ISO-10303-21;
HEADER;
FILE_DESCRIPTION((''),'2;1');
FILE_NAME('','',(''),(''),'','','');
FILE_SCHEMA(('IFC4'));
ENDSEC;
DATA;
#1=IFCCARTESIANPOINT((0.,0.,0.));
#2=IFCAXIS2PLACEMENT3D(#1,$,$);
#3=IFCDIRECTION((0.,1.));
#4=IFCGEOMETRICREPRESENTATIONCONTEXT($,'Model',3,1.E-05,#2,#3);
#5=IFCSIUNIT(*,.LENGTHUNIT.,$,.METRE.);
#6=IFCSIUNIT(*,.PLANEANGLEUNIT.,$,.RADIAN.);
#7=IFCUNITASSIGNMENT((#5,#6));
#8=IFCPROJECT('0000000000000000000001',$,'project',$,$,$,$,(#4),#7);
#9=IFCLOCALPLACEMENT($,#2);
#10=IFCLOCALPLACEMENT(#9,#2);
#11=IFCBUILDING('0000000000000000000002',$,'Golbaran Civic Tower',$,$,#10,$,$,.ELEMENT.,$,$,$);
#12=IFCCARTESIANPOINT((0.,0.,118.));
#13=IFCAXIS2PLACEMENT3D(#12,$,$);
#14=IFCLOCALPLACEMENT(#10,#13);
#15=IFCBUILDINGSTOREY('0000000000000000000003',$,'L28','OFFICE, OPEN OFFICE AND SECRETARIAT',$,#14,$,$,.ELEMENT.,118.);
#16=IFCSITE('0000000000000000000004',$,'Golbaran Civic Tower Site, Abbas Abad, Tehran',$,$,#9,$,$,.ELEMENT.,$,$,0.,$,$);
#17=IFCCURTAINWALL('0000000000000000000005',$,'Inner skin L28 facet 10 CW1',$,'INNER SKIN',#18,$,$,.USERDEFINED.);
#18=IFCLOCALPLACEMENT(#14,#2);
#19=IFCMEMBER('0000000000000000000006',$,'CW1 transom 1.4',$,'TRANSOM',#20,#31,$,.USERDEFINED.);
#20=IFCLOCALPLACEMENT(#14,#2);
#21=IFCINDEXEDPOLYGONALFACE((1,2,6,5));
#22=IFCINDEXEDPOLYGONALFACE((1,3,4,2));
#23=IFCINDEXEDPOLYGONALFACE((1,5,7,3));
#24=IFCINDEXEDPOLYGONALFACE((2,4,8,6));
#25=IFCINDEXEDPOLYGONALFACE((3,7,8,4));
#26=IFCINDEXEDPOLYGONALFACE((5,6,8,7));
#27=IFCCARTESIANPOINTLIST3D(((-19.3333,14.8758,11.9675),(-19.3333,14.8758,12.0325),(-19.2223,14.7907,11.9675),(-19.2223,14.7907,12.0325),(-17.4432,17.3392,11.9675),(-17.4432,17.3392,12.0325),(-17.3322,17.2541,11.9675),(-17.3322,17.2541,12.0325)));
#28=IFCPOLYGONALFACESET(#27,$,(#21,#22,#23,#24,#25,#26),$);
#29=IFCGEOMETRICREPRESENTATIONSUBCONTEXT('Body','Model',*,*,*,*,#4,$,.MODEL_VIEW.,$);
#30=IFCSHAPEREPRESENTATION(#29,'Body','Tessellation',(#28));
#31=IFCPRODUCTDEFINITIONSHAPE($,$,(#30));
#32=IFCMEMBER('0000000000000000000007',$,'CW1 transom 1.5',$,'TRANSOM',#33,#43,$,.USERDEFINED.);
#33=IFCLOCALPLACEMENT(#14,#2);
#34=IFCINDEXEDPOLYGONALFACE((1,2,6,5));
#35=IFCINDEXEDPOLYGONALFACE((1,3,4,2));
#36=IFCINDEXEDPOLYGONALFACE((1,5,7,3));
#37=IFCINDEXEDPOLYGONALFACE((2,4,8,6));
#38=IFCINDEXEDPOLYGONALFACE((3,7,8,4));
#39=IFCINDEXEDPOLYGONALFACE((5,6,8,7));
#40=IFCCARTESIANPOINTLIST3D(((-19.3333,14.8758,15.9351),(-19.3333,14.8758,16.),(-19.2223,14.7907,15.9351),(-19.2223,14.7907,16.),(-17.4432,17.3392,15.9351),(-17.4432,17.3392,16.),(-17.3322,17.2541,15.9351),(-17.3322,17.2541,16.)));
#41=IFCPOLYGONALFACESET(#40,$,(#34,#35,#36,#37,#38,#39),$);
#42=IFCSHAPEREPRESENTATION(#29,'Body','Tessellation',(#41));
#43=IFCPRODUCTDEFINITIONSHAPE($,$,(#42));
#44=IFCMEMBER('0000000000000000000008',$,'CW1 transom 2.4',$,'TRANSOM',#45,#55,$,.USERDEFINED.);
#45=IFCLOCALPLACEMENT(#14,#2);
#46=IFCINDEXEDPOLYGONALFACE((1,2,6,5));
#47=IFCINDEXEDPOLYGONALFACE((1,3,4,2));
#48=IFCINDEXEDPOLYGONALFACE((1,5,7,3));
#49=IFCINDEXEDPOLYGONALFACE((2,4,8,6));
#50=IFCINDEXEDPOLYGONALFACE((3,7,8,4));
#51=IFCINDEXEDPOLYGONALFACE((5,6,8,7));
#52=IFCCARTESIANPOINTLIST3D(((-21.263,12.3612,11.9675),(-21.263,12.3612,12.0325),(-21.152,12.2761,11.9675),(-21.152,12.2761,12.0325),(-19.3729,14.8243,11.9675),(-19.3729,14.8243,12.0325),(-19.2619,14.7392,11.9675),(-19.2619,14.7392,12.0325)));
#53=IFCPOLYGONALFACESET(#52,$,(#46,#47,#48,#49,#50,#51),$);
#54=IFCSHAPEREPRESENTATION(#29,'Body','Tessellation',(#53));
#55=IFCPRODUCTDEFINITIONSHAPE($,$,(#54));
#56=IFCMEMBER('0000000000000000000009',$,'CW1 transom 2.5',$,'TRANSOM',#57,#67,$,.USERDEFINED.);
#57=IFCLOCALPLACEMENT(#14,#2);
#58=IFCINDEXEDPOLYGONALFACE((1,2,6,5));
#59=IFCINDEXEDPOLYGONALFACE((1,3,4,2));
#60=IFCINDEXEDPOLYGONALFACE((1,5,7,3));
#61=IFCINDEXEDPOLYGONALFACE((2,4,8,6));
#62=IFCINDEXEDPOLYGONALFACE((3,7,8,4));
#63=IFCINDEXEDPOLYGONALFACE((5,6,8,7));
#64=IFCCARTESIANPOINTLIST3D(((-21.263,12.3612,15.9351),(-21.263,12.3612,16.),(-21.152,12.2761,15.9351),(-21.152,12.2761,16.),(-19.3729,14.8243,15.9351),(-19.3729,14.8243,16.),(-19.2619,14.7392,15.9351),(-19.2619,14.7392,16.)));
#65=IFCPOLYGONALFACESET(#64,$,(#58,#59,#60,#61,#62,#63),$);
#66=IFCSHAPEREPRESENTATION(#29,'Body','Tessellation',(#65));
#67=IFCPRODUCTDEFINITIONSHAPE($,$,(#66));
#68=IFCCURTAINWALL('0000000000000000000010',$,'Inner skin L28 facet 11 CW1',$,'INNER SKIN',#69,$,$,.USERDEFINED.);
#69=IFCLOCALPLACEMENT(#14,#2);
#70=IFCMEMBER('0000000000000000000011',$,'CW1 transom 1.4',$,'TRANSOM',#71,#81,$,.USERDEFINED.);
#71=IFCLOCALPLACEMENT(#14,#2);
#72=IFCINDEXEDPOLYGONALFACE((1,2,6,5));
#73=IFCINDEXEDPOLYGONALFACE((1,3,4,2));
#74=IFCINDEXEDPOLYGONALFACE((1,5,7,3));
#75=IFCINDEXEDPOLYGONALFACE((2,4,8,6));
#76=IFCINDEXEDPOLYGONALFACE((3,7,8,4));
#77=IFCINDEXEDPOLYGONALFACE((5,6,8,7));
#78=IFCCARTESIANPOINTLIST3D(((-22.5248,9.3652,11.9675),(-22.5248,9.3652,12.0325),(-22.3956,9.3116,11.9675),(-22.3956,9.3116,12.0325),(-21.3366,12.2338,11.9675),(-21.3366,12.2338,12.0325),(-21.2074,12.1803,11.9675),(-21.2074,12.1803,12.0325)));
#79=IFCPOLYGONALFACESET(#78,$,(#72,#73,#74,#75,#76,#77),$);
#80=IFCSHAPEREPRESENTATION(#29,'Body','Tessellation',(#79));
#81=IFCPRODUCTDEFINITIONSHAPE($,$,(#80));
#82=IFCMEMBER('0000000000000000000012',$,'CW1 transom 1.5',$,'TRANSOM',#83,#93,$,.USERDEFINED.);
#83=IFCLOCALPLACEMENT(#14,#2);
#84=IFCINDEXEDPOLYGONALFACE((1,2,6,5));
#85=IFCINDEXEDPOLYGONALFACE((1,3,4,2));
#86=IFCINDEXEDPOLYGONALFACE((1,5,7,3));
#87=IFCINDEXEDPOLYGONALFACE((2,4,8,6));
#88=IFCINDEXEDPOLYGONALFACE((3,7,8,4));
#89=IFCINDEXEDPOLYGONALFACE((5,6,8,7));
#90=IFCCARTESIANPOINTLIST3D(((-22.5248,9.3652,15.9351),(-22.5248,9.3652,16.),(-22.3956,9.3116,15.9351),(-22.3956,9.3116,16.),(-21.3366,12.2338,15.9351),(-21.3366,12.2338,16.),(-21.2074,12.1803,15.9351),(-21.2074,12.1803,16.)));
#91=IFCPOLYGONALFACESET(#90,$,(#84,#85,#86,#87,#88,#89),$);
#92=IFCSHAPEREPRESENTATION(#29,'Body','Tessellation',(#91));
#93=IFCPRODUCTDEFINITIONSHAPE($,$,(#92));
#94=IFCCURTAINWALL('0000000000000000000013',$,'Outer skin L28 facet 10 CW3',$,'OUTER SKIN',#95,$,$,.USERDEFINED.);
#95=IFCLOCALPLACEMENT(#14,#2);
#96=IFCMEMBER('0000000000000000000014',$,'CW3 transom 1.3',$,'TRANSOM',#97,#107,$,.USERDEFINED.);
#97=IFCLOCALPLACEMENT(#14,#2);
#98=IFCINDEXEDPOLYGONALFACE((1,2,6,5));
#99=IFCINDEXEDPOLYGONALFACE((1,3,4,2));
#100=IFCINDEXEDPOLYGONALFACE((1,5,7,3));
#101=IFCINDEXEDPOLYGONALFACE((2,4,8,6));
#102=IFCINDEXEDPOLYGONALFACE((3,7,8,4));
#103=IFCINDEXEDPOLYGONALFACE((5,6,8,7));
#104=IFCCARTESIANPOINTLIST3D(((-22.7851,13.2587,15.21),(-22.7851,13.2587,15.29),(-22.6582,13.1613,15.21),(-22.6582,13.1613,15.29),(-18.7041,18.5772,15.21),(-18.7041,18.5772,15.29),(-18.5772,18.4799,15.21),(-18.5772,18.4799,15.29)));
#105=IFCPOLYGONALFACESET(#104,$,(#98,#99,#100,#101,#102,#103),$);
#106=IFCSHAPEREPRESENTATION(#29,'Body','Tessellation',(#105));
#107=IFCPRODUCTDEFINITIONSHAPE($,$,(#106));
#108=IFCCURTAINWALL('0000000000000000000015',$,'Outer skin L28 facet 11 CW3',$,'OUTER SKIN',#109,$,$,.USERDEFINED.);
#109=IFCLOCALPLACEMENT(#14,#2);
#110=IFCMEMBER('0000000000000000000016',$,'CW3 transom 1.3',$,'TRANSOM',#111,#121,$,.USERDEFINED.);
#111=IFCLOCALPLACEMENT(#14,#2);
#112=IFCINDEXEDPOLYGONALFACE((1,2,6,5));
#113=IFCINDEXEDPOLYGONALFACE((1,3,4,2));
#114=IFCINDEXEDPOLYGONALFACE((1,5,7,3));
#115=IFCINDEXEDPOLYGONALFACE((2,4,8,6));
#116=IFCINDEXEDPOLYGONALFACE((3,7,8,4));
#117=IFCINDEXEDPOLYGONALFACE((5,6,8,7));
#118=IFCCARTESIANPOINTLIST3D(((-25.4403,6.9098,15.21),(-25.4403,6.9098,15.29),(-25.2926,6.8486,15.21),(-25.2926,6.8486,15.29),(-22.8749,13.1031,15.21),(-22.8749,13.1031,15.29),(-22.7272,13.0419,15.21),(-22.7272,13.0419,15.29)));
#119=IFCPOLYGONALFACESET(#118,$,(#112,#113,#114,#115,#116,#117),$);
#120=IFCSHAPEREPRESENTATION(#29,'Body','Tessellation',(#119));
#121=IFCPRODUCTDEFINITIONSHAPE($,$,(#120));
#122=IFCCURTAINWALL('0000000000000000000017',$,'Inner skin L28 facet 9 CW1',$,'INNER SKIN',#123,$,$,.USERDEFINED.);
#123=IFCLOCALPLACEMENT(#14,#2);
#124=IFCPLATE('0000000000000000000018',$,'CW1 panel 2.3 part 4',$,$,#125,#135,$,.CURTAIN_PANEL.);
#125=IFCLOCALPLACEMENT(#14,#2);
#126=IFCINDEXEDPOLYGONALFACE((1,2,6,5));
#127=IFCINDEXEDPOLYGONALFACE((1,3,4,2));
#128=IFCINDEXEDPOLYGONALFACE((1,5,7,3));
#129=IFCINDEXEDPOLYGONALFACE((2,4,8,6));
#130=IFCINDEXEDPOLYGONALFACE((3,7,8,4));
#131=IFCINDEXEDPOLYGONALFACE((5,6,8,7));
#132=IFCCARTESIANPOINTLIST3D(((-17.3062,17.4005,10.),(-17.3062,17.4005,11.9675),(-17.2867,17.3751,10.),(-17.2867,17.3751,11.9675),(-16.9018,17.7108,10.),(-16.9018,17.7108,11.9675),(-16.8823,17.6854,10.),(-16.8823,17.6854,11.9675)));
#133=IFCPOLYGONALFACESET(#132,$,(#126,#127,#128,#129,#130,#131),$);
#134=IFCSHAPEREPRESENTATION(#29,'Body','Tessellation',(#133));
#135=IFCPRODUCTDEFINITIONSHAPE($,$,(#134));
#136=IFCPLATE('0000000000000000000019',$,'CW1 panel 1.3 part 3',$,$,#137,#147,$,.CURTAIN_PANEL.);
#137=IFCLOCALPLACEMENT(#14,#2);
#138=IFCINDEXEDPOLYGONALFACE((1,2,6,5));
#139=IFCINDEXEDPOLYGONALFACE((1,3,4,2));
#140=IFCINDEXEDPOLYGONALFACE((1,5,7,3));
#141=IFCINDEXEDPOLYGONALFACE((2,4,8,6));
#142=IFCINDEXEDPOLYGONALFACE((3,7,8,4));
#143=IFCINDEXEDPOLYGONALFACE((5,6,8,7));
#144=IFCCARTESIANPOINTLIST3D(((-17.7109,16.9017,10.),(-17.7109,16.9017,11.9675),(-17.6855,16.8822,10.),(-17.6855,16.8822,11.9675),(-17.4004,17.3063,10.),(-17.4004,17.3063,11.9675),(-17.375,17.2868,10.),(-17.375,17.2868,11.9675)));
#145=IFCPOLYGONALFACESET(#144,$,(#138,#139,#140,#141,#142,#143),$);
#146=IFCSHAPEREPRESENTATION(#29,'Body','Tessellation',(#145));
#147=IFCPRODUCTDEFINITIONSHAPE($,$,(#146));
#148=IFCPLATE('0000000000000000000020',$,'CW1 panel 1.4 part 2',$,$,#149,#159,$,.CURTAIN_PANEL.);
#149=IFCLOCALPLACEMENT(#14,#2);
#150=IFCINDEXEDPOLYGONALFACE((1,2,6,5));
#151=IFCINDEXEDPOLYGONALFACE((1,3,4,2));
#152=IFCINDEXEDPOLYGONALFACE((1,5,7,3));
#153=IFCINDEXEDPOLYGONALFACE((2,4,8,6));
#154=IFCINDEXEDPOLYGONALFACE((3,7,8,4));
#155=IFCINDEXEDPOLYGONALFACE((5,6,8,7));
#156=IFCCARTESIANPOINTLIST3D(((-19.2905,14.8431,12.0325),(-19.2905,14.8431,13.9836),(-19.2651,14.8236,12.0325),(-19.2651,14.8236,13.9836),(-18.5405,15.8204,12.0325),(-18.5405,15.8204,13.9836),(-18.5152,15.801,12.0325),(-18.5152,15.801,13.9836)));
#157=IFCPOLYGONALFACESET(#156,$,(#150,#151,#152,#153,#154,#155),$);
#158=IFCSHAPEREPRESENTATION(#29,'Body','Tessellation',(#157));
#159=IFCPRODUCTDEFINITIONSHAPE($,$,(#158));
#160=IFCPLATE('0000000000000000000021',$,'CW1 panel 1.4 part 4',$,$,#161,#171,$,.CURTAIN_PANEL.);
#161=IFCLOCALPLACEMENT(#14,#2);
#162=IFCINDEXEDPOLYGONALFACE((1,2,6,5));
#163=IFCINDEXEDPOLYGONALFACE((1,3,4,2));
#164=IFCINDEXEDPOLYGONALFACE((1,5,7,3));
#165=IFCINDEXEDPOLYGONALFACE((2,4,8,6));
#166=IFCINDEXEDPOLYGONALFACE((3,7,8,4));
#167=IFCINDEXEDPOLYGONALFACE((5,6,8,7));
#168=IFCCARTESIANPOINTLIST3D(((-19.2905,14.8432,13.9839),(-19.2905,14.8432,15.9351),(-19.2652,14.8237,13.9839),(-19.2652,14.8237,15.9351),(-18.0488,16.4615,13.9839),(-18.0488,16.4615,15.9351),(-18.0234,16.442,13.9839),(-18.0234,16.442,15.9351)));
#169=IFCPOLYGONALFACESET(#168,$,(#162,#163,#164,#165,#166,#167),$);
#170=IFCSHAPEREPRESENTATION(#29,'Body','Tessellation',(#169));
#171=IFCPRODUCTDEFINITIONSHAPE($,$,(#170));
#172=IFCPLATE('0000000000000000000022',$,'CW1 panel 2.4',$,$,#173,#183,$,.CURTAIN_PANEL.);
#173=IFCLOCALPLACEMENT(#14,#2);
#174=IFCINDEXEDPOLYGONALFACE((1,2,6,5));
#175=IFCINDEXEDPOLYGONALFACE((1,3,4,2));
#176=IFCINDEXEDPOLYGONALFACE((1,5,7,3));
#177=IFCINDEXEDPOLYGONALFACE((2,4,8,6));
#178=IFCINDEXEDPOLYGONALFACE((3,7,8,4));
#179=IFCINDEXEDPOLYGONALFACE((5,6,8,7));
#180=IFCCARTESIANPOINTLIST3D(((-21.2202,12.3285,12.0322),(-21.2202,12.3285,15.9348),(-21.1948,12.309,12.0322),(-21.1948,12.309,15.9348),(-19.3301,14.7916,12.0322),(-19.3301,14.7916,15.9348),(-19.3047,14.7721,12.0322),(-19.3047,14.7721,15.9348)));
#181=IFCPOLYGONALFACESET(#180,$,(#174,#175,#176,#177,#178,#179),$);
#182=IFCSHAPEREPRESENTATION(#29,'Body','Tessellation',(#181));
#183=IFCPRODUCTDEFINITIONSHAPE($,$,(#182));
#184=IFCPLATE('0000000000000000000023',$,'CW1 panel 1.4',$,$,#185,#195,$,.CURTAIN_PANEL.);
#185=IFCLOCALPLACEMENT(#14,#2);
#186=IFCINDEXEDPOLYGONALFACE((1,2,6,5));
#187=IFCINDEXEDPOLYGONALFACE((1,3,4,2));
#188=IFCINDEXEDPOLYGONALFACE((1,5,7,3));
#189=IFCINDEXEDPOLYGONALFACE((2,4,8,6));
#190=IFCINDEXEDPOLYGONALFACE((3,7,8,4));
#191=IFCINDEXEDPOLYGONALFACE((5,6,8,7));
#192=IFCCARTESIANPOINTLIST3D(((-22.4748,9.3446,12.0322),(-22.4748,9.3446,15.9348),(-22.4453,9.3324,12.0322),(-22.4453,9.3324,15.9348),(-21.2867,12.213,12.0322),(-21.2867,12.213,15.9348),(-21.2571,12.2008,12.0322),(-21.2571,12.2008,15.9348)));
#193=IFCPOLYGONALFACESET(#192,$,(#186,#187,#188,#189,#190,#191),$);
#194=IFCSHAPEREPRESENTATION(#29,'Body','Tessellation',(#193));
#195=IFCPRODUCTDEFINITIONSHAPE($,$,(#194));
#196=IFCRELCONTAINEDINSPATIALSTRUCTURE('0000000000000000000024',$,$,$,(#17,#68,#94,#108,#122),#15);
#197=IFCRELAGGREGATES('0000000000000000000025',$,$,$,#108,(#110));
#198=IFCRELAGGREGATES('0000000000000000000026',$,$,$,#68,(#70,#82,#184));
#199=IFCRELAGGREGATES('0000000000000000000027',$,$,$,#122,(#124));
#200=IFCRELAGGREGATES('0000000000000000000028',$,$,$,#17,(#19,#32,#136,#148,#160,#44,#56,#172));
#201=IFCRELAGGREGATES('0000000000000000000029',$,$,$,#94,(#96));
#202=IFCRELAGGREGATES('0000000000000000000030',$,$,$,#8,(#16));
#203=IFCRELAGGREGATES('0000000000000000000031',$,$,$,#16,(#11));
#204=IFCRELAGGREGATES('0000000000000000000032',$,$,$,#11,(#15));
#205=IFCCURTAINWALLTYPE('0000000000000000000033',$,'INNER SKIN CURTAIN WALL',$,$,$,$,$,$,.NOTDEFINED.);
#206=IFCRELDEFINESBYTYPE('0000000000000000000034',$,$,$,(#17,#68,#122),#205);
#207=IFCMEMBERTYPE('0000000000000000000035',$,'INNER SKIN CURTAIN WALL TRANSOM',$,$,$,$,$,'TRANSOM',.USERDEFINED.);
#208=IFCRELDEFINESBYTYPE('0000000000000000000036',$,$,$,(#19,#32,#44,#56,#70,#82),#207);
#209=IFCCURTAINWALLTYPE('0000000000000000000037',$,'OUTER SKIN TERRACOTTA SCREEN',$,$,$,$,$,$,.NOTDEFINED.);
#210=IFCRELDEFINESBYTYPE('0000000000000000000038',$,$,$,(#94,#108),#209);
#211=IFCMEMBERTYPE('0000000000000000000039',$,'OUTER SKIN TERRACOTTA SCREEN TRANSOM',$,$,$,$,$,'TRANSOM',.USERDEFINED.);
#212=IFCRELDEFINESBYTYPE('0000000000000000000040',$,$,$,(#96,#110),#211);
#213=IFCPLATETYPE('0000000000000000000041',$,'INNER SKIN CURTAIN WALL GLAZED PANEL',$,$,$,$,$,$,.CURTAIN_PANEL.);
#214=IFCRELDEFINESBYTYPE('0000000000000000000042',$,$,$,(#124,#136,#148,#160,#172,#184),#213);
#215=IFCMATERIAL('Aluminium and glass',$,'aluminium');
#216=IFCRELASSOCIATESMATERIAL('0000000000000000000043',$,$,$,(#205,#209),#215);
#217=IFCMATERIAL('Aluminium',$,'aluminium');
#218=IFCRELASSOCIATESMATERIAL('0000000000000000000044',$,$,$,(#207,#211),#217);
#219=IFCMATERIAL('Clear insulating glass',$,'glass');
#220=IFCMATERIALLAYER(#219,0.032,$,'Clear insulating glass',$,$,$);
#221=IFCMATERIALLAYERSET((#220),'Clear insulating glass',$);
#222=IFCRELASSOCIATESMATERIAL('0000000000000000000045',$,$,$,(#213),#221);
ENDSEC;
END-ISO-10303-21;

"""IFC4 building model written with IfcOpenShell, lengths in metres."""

from ifc_helpers import new_model, si_unit, direction, frame, origin, origin_2d, place, context, subcontext, project, spatial, rectangle, extrude, material, layer, layer_set, material_profile, profile_set, type_object, element, aggregate, save


model = new_model("IFC4")

# Units and contexts
model_context = context("Model", 3, precision=1e-05, world=origin(), true_north=direction((0.0, 1.0)))
body_context = subcontext(model_context, "Body", "Model", "MODEL_VIEW")
ifc_project = project(units=[si_unit("LENGTHUNIT", "METRE"), si_unit("PLANEANGLEUNIT", "RADIAN")], contexts=[model_context])

# Site, building, storey
site_placement = place(None, origin())
site = spatial("IfcSite", under=ifc_project, at=site_placement, Name="Golbaran Civic Tower Site, Abbas Abad, Tehran", CompositionType="ELEMENT", RefElevation=0.0)
building_placement = place(site_placement, origin())
building = spatial("IfcBuilding", under=site, at=building_placement, Name="Golbaran Civic Tower", CompositionType="ELEMENT")
storey_placement = place(building_placement, frame((0.0, 0.0, 118.0)))
storey = spatial("IfcBuildingStorey", under=building, at=storey_placement, Name="L28", Description="OFFICE, OPEN OFFICE AND SECRETARIAT", CompositionType="ELEMENT", Elevation=118.0)

# Curtain walls, members
ifc_material_1 = material(Name="Aluminium and glass", Category="aluminium")
curtain_wall_type_1 = type_object("IfcCurtainWallType", Name="INNER SKIN CURTAIN WALL", PredefinedType="NOTDEFINED", material=ifc_material_1)
curtain_wall_1_placement = place(storey_placement, origin())
curtain_wall_1 = element("IfcCurtainWall", 1, at=curtain_wall_1_placement, inside=storey, type_object=curtain_wall_type_1, Name="Inner skin L28 facet 10 CW1", ObjectType="INNER SKIN", PredefinedType="USERDEFINED")
ifc_material_2 = material(Name="Aluminium", Category="aluminium")
ifc_material_profile_1 = material_profile(ifc_material_2, rectangle(XDim=0.1399, YDim=0.0649, at=origin_2d()), Name="INNER SKIN CURTAIN WALL TRANSOM")
ifc_profile_set_1 = profile_set([ifc_material_profile_1], Name="Aluminium")
member_type_1 = type_object("IfcMemberType", Name="INNER SKIN CURTAIN WALL TRANSOM", ElementType="TRANSOM", PredefinedType="USERDEFINED", material=ifc_profile_set_1)
member_1_placement = place(storey_placement, frame((-17.3877, 17.2966, 12.0), z_axis=(-0.608745, -0.793366, 0.0), x_axis=(0.793366, -0.608745, 0.0)))
member_1 = element("IfcMember", 2, at=member_1_placement, type_object=member_type_1, Name="CW1 transom 1.4", ObjectType="TRANSOM", PredefinedType="USERDEFINED", context=body_context, shape_type="SweptSolid", body=[
    extrude(rectangle(XDim=0.1399, YDim=0.0649, at=origin_2d()), origin(), (0.0, 0.0, 1.0), 3.105),
])
member_2_placement = place(storey_placement, frame((-17.3877, 17.2966, 15.9675), z_axis=(-0.608745, -0.793366, 0.0), x_axis=(0.793366, -0.608745, 0.0)))
member_2 = element("IfcMember", 3, at=member_2_placement, type_object=member_type_1, Name="CW1 transom 1.5", ObjectType="TRANSOM", PredefinedType="USERDEFINED", context=body_context, shape_type="SweptSolid", body=[
    extrude(rectangle(XDim=0.1399, YDim=0.0649, at=origin_2d()), origin(), (0.0, 0.0, 1.0), 3.105),
])
member_3_placement = place(storey_placement, frame((-19.3174, 14.7817, 12.0), z_axis=(-0.608783, -0.793337, 0.0), x_axis=(0.793337, -0.608783, 0.0)))
member_3 = element("IfcMember", 4, at=member_3_placement, type_object=member_type_1, Name="CW1 transom 2.4", ObjectType="TRANSOM", PredefinedType="USERDEFINED", context=body_context, shape_type="SweptSolid", body=[
    extrude(rectangle(XDim=0.1399, YDim=0.0649, at=origin_2d()), origin(), (0.0, 0.0, 1.0), 3.1047),
])
member_4_placement = place(storey_placement, frame((-19.3174, 14.7817, 15.9675), z_axis=(-0.608783, -0.793337, 0.0), x_axis=(0.793337, -0.608783, 0.0)))
member_4 = element("IfcMember", 5, at=member_4_placement, type_object=member_type_1, Name="CW1 transom 2.5", ObjectType="TRANSOM", PredefinedType="USERDEFINED", context=body_context, shape_type="SweptSolid", body=[
    extrude(rectangle(XDim=0.1399, YDim=0.0649, at=origin_2d()), origin(), (0.0, 0.0, 1.0), 3.1047),
])
curtain_wall_2_placement = place(storey_placement, origin())
curtain_wall_2 = element("IfcCurtainWall", 6, at=curtain_wall_2_placement, inside=storey, type_object=curtain_wall_type_1, Name="Inner skin L28 facet 11 CW1", ObjectType="INNER SKIN", PredefinedType="USERDEFINED")
member_5_placement = place(storey_placement, frame((-21.272, 12.207, 12.0), z_axis=(-0.382683, -0.92388, 0.0), x_axis=(0.92388, -0.382683, 0.0)))
member_5 = element("IfcMember", 7, at=member_5_placement, type_object=member_type_1, Name="CW1 transom 1.4", ObjectType="TRANSOM", PredefinedType="USERDEFINED", context=body_context, shape_type="SweptSolid", body=[
    extrude(rectangle(XDim=0.1399, YDim=0.0649, at=origin_2d()), origin(), (0.0, 0.0, 1.0), 3.105),
])
member_6_placement = place(storey_placement, frame((-21.272, 12.207, 15.9675), z_axis=(-0.382683, -0.92388, 0.0), x_axis=(0.92388, -0.382683, 0.0)))
member_6 = element("IfcMember", 8, at=member_6_placement, type_object=member_type_1, Name="CW1 transom 1.5", ObjectType="TRANSOM", PredefinedType="USERDEFINED", context=body_context, shape_type="SweptSolid", body=[
    extrude(rectangle(XDim=0.1399, YDim=0.0649, at=origin_2d()), origin(), (0.0, 0.0, 1.0), 3.105),
])

# Curtain walls, members
curtain_wall_type_2 = type_object("IfcCurtainWallType", Name="OUTER SKIN TERRACOTTA SCREEN", PredefinedType="NOTDEFINED", material=ifc_material_1)
curtain_wall_3_placement = place(storey_placement, origin())
curtain_wall_3 = element("IfcCurtainWall", 9, at=curtain_wall_3_placement, inside=storey, type_object=curtain_wall_type_2, Name="Outer skin L28 facet 10 CW3", ObjectType="OUTER SKIN", PredefinedType="USERDEFINED")
ifc_material_profile_2 = material_profile(ifc_material_2, rectangle(XDim=0.1599, YDim=0.0801, at=origin_2d()), Name="OUTER SKIN TERRACOTTA SCREEN TRANSOM")
ifc_profile_set_2 = profile_set([ifc_material_profile_2], Name="Aluminium")
member_type_2 = type_object("IfcMemberType", Name="OUTER SKIN TERRACOTTA SCREEN TRANSOM", ElementType="TRANSOM", PredefinedType="USERDEFINED", material=ifc_profile_set_2)
member_7_placement = place(storey_placement, frame((-18.6406, 18.5286, 15.25), z_axis=(-0.608756, -0.793357, 0.0), x_axis=(0.793357, -0.608756, 0.0)))
member_7 = element("IfcMember", 10, at=member_7_placement, type_object=member_type_2, Name="CW3 transom 1.3", ObjectType="TRANSOM", PredefinedType="USERDEFINED", context=body_context, shape_type="SweptSolid", body=[
    extrude(rectangle(XDim=0.1599, YDim=0.0801, at=origin_2d()), origin(), (0.0, 0.0, 1.0), 6.7039),
])
curtain_wall_4_placement = place(storey_placement, origin())
curtain_wall_4 = element("IfcCurtainWall", 11, at=curtain_wall_4_placement, inside=storey, type_object=curtain_wall_type_2, Name="Outer skin L28 facet 11 CW3", ObjectType="OUTER SKIN", PredefinedType="USERDEFINED")
member_8_placement = place(storey_placement, frame((-22.801, 13.0725, 15.25), z_axis=(-0.382691, -0.923877, 0.0), x_axis=(0.923877, -0.382691, 0.0)))
member_8 = element("IfcMember", 12, at=member_8_placement, type_object=member_type_2, Name="CW3 transom 1.3", ObjectType="TRANSOM", PredefinedType="USERDEFINED", context=body_context, shape_type="SweptSolid", body=[
    extrude(rectangle(XDim=0.1599, YDim=0.0801, at=origin_2d()), origin(), (0.0, 0.0, 1.0), 6.7036),
])
aggregate(curtain_wall_4, [member_8])

# Curtain wall, plate
curtain_wall_5_placement = place(storey_placement, origin())
curtain_wall_5 = element("IfcCurtainWall", 13, at=curtain_wall_5_placement, inside=storey, type_object=curtain_wall_type_1, Name="Inner skin L28 facet 9 CW1", ObjectType="INNER SKIN", PredefinedType="USERDEFINED")
ifc_material_3 = material(Name="Clear insulating glass", Category="glass")
ifc_layer_1 = layer(ifc_material_3, 0.032, Name="Clear insulating glass")
ifc_layer_set_1 = layer_set([ifc_layer_1], Name="Clear insulating glass")
plate_type_1 = type_object("IfcPlateType", Name="INNER SKIN CURTAIN WALL GLAZED PANEL", PredefinedType="CURTAIN_PANEL", material=ifc_layer_set_1)
plate_1_placement = place(storey_placement, frame((-17.0942, 17.543, 10.0), z_axis=(0.0, 0.0, 1.0), x_axis=(-0.793353, -0.608761, 0.0)))
plate_1 = element("IfcPlate", 14, at=plate_1_placement, type_object=plate_type_1, Name="CW1 panel 2.3 part 4", PredefinedType="CURTAIN_PANEL", context=body_context, shape_type="SweptSolid", body=[
    extrude(rectangle(XDim=0.5098, YDim=0.032, at=origin_2d()), origin(), (0.0, 0.0, 1.0), 1.9675),
])

# Plates
plate_2_placement = place(storey_placement, frame((-17.543, 17.0942, 10.0), z_axis=(0.0, 0.0, 1.0), x_axis=(-0.608761, -0.793353, 0.0)))
plate_2 = element("IfcPlate", 15, at=plate_2_placement, type_object=plate_type_1, Name="CW1 panel 1.3 part 3", PredefinedType="CURTAIN_PANEL", context=body_context, shape_type="SweptSolid", body=[
    extrude(rectangle(XDim=0.51, YDim=0.032, at=origin_2d()), origin(), (0.0, 0.0, 1.0), 1.9675),
])
plate_3_placement = place(storey_placement, frame((-18.9028, 15.322, 12.0325), z_axis=(0.0, 0.0, 1.0), x_axis=(-0.608761, -0.793353, 0.0)))
plate_3 = element("IfcPlate", 16, at=plate_3_placement, type_object=plate_type_1, Name="CW1 panel 1.4 part 2", PredefinedType="CURTAIN_PANEL", context=body_context, shape_type="SweptSolid", body=[
    extrude(rectangle(XDim=1.2319, YDim=0.032, at=origin_2d()), origin(), (0.0, 0.0, 1.0), 1.9512),
])
plate_4_placement = place(storey_placement, frame((-18.657, 15.6426, 13.9839), z_axis=(0.0, 0.0, 1.0), x_axis=(-0.608761, -0.793353, 0.0)))
plate_4 = element("IfcPlate", 17, at=plate_4_placement, type_object=plate_type_1, Name="CW1 panel 1.4 part 4", PredefinedType="CURTAIN_PANEL", context=body_context, shape_type="SweptSolid", body=[
    extrude(rectangle(XDim=2.0398, YDim=0.032, at=origin_2d()), origin(), (0.0, 0.0, 1.0), 1.9512),
])
plate_5_placement = place(storey_placement, frame((-20.2625, 13.5503, 12.0322), z_axis=(0.0, 0.0, 1.0), x_axis=(-0.608761, -0.793353, 0.0)))
plate_5 = element("IfcPlate", 18, at=plate_5_placement, type_object=plate_type_1, Name="CW1 panel 2.4", PredefinedType="CURTAIN_PANEL", context=body_context, shape_type="SweptSolid", body=[
    extrude(rectangle(XDim=3.1047, YDim=0.032, at=origin_2d()), origin(), (0.0, 0.0, 1.0), 3.9026),
])
plate_6_placement = place(storey_placement, frame((-21.866, 10.7727, 12.0322), z_axis=(0.0, 0.0, 1.0), x_axis=(-0.382683, -0.92388, 0.0)))
plate_6 = element("IfcPlate", 19, at=plate_6_placement, type_object=plate_type_1, Name="CW1 panel 1.4", PredefinedType="CURTAIN_PANEL", context=body_context, shape_type="SweptSolid", body=[
    extrude(rectangle(XDim=3.1047, YDim=0.032, at=origin_2d()), origin(), (0.0, 0.0, 1.0), 3.9026),
])
aggregate(curtain_wall_2, [member_5, member_6, plate_6])
aggregate(curtain_wall_5, [plate_1])
aggregate(curtain_wall_1, [member_1, member_2, plate_2, plate_3, plate_4, member_3, member_4, plate_5])
aggregate(curtain_wall_3, [member_7])

save(model, "model.ifc")
